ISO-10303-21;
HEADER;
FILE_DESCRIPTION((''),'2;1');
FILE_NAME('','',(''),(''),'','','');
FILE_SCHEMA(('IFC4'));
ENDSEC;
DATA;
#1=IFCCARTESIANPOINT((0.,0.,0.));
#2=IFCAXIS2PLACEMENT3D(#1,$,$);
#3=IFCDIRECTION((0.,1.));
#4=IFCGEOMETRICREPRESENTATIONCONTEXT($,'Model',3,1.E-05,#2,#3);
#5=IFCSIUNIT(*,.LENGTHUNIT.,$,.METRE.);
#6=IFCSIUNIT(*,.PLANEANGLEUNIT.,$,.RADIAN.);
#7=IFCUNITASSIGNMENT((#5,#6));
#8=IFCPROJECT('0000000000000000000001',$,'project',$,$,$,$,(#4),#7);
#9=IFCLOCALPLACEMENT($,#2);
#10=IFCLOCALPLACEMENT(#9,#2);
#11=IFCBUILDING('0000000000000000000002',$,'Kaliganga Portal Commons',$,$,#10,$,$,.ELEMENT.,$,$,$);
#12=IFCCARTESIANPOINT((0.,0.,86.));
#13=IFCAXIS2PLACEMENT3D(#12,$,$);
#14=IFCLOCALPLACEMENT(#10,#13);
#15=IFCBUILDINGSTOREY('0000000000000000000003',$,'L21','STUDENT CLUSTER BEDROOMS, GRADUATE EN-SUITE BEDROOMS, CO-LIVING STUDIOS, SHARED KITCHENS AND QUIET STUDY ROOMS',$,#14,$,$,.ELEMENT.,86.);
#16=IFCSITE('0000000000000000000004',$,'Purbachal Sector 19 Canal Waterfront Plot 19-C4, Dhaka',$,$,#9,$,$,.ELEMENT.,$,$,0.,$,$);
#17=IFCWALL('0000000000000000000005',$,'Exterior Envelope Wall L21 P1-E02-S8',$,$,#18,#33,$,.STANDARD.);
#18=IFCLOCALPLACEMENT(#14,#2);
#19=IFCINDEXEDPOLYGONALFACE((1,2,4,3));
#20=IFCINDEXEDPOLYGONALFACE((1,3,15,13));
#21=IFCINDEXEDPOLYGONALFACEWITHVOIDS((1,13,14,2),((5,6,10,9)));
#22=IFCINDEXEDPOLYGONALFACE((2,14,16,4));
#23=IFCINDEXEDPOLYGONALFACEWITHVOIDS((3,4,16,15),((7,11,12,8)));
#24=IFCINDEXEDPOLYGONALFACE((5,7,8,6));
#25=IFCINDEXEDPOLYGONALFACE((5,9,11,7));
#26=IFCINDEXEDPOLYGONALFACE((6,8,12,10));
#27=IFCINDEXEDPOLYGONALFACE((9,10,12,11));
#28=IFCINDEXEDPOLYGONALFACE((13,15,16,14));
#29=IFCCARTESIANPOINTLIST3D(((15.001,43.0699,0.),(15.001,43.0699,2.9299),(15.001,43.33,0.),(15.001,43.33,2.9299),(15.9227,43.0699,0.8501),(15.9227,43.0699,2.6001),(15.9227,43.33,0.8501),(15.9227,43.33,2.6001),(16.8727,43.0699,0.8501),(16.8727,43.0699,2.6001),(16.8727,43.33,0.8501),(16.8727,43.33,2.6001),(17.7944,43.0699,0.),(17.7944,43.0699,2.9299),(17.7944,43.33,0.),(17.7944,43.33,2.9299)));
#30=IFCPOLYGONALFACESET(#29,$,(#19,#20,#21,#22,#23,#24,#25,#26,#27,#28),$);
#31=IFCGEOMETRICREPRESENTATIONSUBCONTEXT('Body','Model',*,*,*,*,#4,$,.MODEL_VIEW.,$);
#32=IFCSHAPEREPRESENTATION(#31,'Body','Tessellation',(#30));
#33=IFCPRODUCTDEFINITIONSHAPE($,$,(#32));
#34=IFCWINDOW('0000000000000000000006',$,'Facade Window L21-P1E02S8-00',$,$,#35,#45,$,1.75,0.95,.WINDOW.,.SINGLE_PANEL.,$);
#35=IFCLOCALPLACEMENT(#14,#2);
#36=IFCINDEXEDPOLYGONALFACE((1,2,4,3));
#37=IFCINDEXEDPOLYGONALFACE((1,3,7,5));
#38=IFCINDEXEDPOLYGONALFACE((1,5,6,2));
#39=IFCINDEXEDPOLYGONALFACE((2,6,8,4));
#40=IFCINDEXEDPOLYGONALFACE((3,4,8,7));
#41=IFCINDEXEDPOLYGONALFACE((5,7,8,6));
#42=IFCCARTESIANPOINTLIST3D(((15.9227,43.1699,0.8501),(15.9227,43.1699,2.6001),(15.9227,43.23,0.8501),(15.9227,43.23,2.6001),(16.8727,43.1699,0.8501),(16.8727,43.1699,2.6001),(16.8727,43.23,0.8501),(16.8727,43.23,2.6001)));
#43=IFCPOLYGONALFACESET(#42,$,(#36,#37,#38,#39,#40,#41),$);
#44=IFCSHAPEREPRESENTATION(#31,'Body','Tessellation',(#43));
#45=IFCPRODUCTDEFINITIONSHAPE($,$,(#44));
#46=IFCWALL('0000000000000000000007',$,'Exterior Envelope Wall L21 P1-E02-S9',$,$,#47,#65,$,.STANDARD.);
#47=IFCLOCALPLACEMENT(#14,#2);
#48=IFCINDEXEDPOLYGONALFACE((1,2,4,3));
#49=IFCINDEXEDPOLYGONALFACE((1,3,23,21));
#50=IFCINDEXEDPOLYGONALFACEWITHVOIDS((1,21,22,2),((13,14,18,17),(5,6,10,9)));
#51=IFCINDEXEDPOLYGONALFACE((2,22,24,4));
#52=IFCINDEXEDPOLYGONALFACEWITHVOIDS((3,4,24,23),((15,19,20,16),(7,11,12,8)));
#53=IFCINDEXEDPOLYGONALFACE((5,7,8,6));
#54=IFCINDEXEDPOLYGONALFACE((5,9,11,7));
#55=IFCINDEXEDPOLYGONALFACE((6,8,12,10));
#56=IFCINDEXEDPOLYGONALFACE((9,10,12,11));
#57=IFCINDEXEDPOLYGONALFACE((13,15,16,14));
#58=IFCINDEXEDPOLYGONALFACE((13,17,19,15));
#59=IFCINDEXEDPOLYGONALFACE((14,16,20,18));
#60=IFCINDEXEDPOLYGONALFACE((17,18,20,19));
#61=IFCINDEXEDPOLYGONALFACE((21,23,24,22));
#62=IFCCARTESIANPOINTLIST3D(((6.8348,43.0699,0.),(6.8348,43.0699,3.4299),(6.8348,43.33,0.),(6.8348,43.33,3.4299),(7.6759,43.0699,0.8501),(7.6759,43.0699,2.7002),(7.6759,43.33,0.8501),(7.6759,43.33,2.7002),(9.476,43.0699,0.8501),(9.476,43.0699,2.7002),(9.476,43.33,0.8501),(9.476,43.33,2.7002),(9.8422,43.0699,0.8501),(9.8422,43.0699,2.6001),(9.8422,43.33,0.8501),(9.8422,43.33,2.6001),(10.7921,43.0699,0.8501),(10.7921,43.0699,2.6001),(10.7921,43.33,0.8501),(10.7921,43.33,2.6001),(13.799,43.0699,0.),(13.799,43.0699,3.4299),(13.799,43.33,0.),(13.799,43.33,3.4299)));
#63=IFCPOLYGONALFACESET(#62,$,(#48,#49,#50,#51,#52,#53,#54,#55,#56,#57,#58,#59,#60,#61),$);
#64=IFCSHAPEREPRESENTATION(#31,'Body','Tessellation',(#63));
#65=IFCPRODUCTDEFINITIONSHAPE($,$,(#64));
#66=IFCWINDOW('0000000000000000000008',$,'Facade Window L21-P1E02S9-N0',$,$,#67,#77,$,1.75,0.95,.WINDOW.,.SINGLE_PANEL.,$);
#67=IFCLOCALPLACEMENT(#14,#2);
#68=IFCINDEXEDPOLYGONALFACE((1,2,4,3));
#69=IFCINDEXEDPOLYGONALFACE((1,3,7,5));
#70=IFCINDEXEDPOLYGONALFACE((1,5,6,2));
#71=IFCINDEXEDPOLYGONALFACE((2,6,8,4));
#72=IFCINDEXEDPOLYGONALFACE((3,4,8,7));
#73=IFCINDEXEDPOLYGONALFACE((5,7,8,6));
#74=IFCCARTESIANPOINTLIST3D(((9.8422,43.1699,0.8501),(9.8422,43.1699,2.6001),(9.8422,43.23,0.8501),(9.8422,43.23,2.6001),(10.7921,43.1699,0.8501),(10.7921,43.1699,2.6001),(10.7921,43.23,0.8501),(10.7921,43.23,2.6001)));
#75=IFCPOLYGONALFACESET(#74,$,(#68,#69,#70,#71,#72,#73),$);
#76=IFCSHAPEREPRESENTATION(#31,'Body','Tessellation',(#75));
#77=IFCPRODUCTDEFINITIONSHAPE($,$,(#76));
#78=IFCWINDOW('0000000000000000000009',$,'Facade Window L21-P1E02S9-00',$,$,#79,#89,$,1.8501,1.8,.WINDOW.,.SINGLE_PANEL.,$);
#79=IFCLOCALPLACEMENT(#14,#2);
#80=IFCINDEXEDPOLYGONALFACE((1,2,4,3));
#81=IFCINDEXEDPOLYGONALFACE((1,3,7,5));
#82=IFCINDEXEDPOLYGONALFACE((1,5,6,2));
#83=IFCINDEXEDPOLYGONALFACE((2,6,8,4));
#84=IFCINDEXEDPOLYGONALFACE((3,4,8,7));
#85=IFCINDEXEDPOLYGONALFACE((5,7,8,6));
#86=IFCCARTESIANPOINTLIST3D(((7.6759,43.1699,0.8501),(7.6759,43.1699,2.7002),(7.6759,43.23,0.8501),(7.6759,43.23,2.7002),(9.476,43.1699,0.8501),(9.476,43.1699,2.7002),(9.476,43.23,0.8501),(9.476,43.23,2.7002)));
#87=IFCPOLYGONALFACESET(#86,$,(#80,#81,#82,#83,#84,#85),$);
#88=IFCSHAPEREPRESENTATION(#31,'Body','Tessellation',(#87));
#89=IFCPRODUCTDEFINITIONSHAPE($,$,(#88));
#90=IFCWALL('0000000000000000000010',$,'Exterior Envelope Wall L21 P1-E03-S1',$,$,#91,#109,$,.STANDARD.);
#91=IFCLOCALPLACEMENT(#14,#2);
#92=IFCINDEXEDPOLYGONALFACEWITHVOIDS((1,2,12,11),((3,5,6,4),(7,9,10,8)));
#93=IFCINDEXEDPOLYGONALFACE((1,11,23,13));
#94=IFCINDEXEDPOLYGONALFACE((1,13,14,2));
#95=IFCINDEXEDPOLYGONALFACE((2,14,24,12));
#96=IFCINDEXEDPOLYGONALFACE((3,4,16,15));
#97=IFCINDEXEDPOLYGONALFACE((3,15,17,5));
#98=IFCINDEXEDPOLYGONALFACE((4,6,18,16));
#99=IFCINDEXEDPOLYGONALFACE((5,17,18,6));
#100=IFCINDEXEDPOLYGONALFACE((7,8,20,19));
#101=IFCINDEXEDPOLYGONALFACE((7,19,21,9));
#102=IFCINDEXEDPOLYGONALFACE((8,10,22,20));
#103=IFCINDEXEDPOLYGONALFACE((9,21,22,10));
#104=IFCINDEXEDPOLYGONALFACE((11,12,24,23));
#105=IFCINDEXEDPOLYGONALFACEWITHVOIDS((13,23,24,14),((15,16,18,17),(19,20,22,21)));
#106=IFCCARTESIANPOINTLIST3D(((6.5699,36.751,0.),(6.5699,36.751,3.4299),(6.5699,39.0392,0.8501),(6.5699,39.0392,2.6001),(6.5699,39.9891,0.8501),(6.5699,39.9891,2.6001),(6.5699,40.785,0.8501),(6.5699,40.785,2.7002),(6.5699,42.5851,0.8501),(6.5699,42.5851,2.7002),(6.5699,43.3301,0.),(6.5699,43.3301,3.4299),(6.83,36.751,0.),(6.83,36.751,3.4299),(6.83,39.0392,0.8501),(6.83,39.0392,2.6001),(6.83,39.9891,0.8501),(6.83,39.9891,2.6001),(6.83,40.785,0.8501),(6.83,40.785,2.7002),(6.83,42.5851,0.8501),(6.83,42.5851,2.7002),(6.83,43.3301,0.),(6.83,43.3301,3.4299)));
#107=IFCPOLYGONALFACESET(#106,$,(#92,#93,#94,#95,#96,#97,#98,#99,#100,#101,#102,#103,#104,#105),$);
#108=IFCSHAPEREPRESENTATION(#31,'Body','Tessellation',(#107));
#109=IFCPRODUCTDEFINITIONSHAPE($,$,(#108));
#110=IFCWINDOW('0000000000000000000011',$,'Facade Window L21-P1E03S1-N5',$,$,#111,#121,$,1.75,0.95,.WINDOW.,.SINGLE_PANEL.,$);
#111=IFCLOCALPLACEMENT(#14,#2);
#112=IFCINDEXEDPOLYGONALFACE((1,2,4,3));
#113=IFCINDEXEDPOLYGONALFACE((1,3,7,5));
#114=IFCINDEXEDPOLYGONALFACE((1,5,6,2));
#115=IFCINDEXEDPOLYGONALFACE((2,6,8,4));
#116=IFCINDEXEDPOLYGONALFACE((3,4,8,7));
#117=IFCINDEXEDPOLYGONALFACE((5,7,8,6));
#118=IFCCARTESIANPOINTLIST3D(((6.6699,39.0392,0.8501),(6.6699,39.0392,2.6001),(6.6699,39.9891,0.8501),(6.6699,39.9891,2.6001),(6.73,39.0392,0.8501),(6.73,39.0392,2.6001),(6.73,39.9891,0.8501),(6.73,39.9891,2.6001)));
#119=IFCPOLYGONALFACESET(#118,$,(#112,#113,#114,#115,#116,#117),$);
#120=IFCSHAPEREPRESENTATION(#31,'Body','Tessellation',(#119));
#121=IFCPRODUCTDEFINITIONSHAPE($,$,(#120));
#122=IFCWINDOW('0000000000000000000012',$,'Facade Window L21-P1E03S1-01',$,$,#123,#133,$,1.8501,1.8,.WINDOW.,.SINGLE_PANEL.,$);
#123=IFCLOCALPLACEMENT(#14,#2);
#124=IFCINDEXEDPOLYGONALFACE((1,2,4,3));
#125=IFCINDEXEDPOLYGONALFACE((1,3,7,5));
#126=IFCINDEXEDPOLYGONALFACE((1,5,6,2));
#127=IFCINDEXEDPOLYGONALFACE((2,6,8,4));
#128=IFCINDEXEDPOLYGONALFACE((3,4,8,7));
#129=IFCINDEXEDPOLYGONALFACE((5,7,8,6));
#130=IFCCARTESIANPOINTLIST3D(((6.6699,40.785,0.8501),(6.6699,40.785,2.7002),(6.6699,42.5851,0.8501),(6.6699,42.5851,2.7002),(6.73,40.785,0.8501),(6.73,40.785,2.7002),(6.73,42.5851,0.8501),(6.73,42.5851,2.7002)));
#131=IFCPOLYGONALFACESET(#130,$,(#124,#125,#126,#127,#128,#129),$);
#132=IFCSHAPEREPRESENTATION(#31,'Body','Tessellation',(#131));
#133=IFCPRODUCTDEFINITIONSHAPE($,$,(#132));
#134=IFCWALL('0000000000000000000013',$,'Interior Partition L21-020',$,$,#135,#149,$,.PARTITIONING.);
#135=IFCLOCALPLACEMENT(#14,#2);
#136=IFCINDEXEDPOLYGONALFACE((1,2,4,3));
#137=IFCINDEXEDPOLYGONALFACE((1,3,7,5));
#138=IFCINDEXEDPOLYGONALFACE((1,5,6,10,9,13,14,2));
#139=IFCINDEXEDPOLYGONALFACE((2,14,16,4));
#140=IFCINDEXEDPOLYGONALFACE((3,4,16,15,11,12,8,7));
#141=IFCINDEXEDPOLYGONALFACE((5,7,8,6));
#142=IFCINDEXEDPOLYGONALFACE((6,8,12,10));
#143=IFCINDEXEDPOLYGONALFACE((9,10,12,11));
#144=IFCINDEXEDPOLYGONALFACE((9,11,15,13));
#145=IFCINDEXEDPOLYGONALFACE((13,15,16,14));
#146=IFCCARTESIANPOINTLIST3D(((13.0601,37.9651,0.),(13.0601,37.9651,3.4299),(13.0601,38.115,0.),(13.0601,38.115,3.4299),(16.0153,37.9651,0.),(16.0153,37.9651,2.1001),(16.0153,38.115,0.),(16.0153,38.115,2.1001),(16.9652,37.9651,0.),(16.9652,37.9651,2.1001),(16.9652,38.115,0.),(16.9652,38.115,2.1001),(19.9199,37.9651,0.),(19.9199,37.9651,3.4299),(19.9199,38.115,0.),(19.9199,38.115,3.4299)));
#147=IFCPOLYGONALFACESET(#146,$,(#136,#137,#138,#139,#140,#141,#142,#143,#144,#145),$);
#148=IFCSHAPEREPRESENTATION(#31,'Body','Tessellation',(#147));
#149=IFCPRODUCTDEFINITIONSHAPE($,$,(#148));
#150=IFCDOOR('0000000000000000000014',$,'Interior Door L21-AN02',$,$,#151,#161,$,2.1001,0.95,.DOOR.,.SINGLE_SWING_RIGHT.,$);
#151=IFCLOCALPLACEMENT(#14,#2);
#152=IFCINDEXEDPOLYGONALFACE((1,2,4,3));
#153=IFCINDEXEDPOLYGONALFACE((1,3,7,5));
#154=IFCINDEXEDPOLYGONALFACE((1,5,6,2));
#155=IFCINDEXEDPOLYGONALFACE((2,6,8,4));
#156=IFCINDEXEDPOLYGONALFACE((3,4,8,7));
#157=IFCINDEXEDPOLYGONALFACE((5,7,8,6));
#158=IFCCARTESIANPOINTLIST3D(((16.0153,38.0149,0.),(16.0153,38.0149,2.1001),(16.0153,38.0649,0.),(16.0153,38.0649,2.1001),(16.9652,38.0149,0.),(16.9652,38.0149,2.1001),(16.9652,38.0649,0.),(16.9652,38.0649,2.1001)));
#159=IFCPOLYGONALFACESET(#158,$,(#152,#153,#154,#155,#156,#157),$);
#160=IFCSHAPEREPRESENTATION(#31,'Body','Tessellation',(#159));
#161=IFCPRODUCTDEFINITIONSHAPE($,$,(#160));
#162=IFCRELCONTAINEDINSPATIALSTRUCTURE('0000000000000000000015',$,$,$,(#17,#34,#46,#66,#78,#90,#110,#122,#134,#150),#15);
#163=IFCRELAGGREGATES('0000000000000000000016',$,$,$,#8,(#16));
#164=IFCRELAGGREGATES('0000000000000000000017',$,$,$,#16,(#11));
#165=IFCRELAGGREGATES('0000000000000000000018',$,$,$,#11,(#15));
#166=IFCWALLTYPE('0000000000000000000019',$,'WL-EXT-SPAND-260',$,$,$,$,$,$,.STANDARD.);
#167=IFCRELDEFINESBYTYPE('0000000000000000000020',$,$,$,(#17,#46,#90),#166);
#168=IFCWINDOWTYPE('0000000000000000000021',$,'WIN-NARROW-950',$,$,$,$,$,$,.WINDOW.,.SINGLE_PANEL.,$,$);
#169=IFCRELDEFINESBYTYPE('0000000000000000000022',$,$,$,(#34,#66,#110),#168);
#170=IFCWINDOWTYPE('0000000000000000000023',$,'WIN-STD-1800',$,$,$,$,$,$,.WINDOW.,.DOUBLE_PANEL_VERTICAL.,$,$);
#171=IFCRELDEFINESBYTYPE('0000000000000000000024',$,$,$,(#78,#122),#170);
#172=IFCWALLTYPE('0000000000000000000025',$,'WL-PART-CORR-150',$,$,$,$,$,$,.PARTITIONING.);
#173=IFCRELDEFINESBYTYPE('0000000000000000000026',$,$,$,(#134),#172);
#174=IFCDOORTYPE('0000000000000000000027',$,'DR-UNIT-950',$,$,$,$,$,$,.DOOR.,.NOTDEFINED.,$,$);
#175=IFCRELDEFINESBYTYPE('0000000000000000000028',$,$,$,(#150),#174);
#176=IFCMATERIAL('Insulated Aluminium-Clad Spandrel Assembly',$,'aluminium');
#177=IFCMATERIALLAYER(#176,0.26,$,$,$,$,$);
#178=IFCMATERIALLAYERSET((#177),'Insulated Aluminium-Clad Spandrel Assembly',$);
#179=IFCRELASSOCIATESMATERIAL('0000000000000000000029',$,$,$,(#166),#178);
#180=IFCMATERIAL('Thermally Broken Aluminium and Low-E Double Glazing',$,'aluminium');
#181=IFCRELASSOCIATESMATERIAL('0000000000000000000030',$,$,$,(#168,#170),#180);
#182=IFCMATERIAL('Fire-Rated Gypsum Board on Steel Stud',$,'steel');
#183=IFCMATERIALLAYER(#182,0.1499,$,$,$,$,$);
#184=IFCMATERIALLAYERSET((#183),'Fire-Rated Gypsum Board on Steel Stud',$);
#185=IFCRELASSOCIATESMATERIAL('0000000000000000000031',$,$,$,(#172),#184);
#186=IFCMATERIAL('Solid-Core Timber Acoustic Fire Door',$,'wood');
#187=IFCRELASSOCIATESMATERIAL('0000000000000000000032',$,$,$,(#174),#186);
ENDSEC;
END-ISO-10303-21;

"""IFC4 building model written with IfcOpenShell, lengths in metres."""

from ifc_helpers import new_model, si_unit, direction, frame, frame_2d, origin, place, context, subcontext, project, spatial, rectangle, extrude, material, layer, layer_set, type_object, element, fill, save


model = new_model("IFC4")

# Units and contexts
model_context = context("Model", 3, precision=1e-05, world=origin(), true_north=direction((0.0, 1.0)))
body_context = subcontext(model_context, "Body", "Model", "MODEL_VIEW")
ifc_project = project(units=[si_unit("LENGTHUNIT", "METRE"), si_unit("PLANEANGLEUNIT", "RADIAN")], contexts=[model_context])

# Site, building, storey
site_placement = place(None, origin())
site = spatial("IfcSite", under=ifc_project, at=site_placement, Name="Purbachal Sector 19 Canal Waterfront Plot 19-C4, Dhaka", CompositionType="ELEMENT", RefElevation=0.0)
building_placement = place(site_placement, origin())
building = spatial("IfcBuilding", under=site, at=building_placement, Name="Kaliganga Portal Commons", CompositionType="ELEMENT")
storey_placement = place(building_placement, frame((0.0, 0.0, 86.0)))
storey = spatial("IfcBuildingStorey", under=building, at=storey_placement, Name="L21", Description="STUDENT CLUSTER BEDROOMS, GRADUATE EN-SUITE BEDROOMS, CO-LIVING STUDIOS, SHARED KITCHENS AND QUIET STUDY ROOMS", CompositionType="ELEMENT", Elevation=86.0)

# Wall, opening, window
ifc_material_1 = material(Name="Insulated Aluminium-Clad Spandrel Assembly", Category="aluminium")
ifc_layer_1 = layer(ifc_material_1, 0.26)
ifc_layer_set_1 = layer_set([ifc_layer_1], Name="Insulated Aluminium-Clad Spandrel Assembly")
wall_type_1 = type_object("IfcWallType", Name="WL-EXT-SPAND-260", PredefinedType="STANDARD", material=ifc_layer_set_1)
ifc_material_2 = material(Name="Thermally Broken Aluminium and Low-E Double Glazing", Category="aluminium")
window_type_1 = type_object("IfcWindowType", Name="WIN-NARROW-950", PartitioningType="SINGLE_PANEL", PredefinedType="WINDOW", material=ifc_material_2)
wall_1_placement = place(storey_placement, frame((15.001, 43.2, 0.0), z_axis=(0.0, 0.0, 1.0), x_axis=(1.0, 0.0, 0.0)))
wall_1 = element("IfcWall", 1, at=wall_1_placement, inside=storey, type_object=wall_type_1, Name="Exterior Envelope Wall L21 P1-E02-S8", PredefinedType="STANDARD", context=body_context, shape_type="SweptSolid", body=[
    extrude(rectangle(XDim=2.7935, YDim=0.26, at=frame_2d((1.3967, 0.0))), origin(), (0.0, 0.0, 1.0), 2.9299),
])
opening_1_placement = place(wall_1_placement, frame((0.9216, 0.0, 0.8501)))
opening_1 = element("IfcOpeningElement", 2, at=opening_1_placement, cuts=wall_1, PredefinedType="OPENING", context=body_context, shape_type="SweptSolid", body=[
    extrude(rectangle(XDim=0.95, YDim=1.75, at=frame_2d((0.4751, 0.875))), frame((0.0, 0.1401, 0.0), z_axis=(0.0, -1.0, 0.0), x_axis=(1.0, 0.0, 0.0)), (0.0, 0.0, 1.0), 0.28),
])
window_1_placement = place(opening_1_placement, origin())
window_1 = element("IfcWindow", 3, at=window_1_placement, inside=storey, type_object=window_type_1, Name="Facade Window L21-P1E02S8-00", OverallHeight=1.75, OverallWidth=0.95, PartitioningType="SINGLE_PANEL", PredefinedType="WINDOW", context=body_context, shape_type="SweptSolid", body=[
    extrude(rectangle(XDim=0.95, YDim=1.75, at=frame_2d((0.4751, 0.875))), frame((0.0, 0.03, 0.0), z_axis=(0.0, -1.0, 0.0), x_axis=(1.0, 0.0, 0.0)), (0.0, 0.0, 1.0), 0.0601),
])
fill(opening_1, window_1)

# Walls, openings, windows
wall_2_placement = place(storey_placement, frame((6.835, 43.2, 0.0), z_axis=(0.0, 0.0, 1.0), x_axis=(1.0, 0.0, 0.0)))
wall_2 = element("IfcWall", 4, at=wall_2_placement, inside=storey, type_object=wall_type_1, Name="Exterior Envelope Wall L21 P1-E02-S9", PredefinedType="STANDARD", context=body_context, shape_type="SweptSolid", body=[
    extrude(rectangle(XDim=6.9641, YDim=0.26, at=frame_2d((3.4819, 0.0))), origin(), (0.0, 0.0, 1.0), 3.4299),
])
opening_2_placement = place(wall_2_placement, frame((0.8411, 0.0, 0.8501)))
opening_2 = element("IfcOpeningElement", 5, at=opening_2_placement, cuts=wall_2, PredefinedType="OPENING", context=body_context, shape_type="SweptSolid", body=[
    extrude(rectangle(XDim=1.8, YDim=1.8501, at=frame_2d((0.8999, 0.925))), frame((0.0, 0.1401, 0.0), z_axis=(0.0, -1.0, 0.0), x_axis=(1.0, 0.0, 0.0)), (0.0, 0.0, 1.0), 0.28),
])
opening_3_placement = place(wall_2_placement, frame((3.0071, 0.0, 0.8501)))
opening_3 = element("IfcOpeningElement", 6, at=opening_3_placement, cuts=wall_2, PredefinedType="OPENING", context=body_context, shape_type="SweptSolid", body=[
    extrude(rectangle(XDim=0.95, YDim=1.75, at=frame_2d((0.4751, 0.875))), frame((0.0, 0.1401, 0.0), z_axis=(0.0, -1.0, 0.0), x_axis=(1.0, 0.0, 0.0)), (0.0, 0.0, 1.0), 0.28),
])
window_2_placement = place(opening_3_placement, origin())
window_2 = element("IfcWindow", 7, at=window_2_placement, inside=storey, type_object=window_type_1, Name="Facade Window L21-P1E02S9-N0", OverallHeight=1.75, OverallWidth=0.95, PartitioningType="SINGLE_PANEL", PredefinedType="WINDOW", context=body_context, shape_type="SweptSolid", body=[
    extrude(rectangle(XDim=0.95, YDim=1.75, at=frame_2d((0.4751, 0.875))), frame((0.0, 0.03, 0.0), z_axis=(0.0, -1.0, 0.0), x_axis=(1.0, 0.0, 0.0)), (0.0, 0.0, 1.0), 0.0601),
])
fill(opening_3, window_2)
window_type_2 = type_object("IfcWindowType", Name="WIN-STD-1800", PartitioningType="DOUBLE_PANEL_VERTICAL", PredefinedType="WINDOW", material=ifc_material_2)
window_3_placement = place(opening_2_placement, origin())
window_3 = element("IfcWindow", 8, at=window_3_placement, inside=storey, type_object=window_type_2, Name="Facade Window L21-P1E02S9-00", OverallHeight=1.8501, OverallWidth=1.8, PartitioningType="SINGLE_PANEL", PredefinedType="WINDOW", context=body_context, shape_type="SweptSolid", body=[
    extrude(rectangle(XDim=1.8, YDim=1.8501, at=frame_2d((0.8999, 0.925))), frame((0.0, 0.03, 0.0), z_axis=(0.0, -1.0, 0.0), x_axis=(1.0, 0.0, 0.0)), (0.0, 0.0, 1.0), 0.0601),
])
fill(opening_2, window_3)
wall_3_placement = place(storey_placement, frame((6.7, 36.751, 0.0), z_axis=(0.0, 0.0, 1.0), x_axis=(0.0, 1.0, 0.0)))
wall_3 = element("IfcWall", 9, at=wall_3_placement, inside=storey, type_object=wall_type_1, Name="Exterior Envelope Wall L21 P1-E03-S1", PredefinedType="STANDARD", context=body_context, shape_type="SweptSolid", body=[
    extrude(rectangle(XDim=6.5791, YDim=0.26, at=frame_2d((3.2896, 0.0))), origin(), (0.0, 0.0, 1.0), 3.4299),
])
opening_4_placement = place(wall_3_placement, frame((4.0342, 0.0, 0.8501)))
opening_4 = element("IfcOpeningElement", 10, at=opening_4_placement, cuts=wall_3, PredefinedType="OPENING", context=body_context, shape_type="SweptSolid", body=[
    extrude(rectangle(XDim=1.8, YDim=1.8501, at=frame_2d((0.8999, 0.925))), frame((0.0, 0.1401, 0.0), z_axis=(0.0, -1.0, 0.0), x_axis=(1.0, 0.0, 0.0)), (0.0, 0.0, 1.0), 0.28),
])
opening_5_placement = place(wall_3_placement, frame((2.2881, 0.0, 0.8501)))
opening_5 = element("IfcOpeningElement", 11, at=opening_5_placement, cuts=wall_3, PredefinedType="OPENING", context=body_context, shape_type="SweptSolid", body=[
    extrude(rectangle(XDim=0.95, YDim=1.75, at=frame_2d((0.4751, 0.875))), frame((0.0, 0.1401, 0.0), z_axis=(0.0, -1.0, 0.0), x_axis=(1.0, 0.0, 0.0)), (0.0, 0.0, 1.0), 0.28),
])
window_4_placement = place(opening_5_placement, origin())
window_4 = element("IfcWindow", 12, at=window_4_placement, inside=storey, type_object=window_type_1, Name="Facade Window L21-P1E03S1-N5", OverallHeight=1.75, OverallWidth=0.95, PartitioningType="SINGLE_PANEL", PredefinedType="WINDOW", context=body_context, shape_type="SweptSolid", body=[
    extrude(rectangle(XDim=0.95, YDim=1.75, at=frame_2d((0.4751, 0.875))), frame((0.0, 0.03, 0.0), z_axis=(0.0, -1.0, 0.0), x_axis=(1.0, 0.0, 0.0)), (0.0, 0.0, 1.0), 0.0601),
])
fill(opening_5, window_4)
window_5_placement = place(opening_4_placement, origin())
window_5 = element("IfcWindow", 13, at=window_5_placement, inside=storey, type_object=window_type_2, Name="Facade Window L21-P1E03S1-01", OverallHeight=1.8501, OverallWidth=1.8, PartitioningType="SINGLE_PANEL", PredefinedType="WINDOW", context=body_context, shape_type="SweptSolid", body=[
    extrude(rectangle(XDim=1.8, YDim=1.8501, at=frame_2d((0.8999, 0.925))), frame((0.0, 0.03, 0.0), z_axis=(0.0, -1.0, 0.0), x_axis=(1.0, 0.0, 0.0)), (0.0, 0.0, 1.0), 0.0601),
])
fill(opening_4, window_5)

# Wall, opening, door
ifc_material_3 = material(Name="Fire-Rated Gypsum Board on Steel Stud", Category="steel")
ifc_layer_2 = layer(ifc_material_3, 0.1499)
ifc_layer_set_2 = layer_set([ifc_layer_2], Name="Fire-Rated Gypsum Board on Steel Stud")
wall_type_2 = type_object("IfcWallType", Name="WL-PART-CORR-150", PredefinedType="PARTITIONING", material=ifc_layer_set_2)
wall_4_placement = place(storey_placement, frame((13.0601, 38.04, 0.0), z_axis=(0.0, 0.0, 1.0), x_axis=(1.0, 0.0, 0.0)))
wall_4 = element("IfcWall", 14, at=wall_4_placement, inside=storey, type_object=wall_type_2, Name="Interior Partition L21-020", PredefinedType="PARTITIONING", context=body_context, shape_type="SweptSolid", body=[
    extrude(rectangle(XDim=6.8599, YDim=0.1499, at=frame_2d((3.4299, 0.0))), origin(), (0.0, 0.0, 1.0), 3.4299),
])
opening_6_placement = place(wall_4_placement, frame((2.9551, 0.0, 0.0)))
opening_6 = element("IfcOpeningElement", 15, at=opening_6_placement, cuts=wall_4, PredefinedType="OPENING", context=body_context, shape_type="SweptSolid", body=[
    extrude(rectangle(XDim=0.95, YDim=2.1001, at=frame_2d((0.4751, 1.05))), frame((0.0, 0.085, 0.0), z_axis=(0.0, -1.0, 0.0), x_axis=(1.0, 0.0, 0.0)), (0.0, 0.0, 1.0), 0.1699),
])
ifc_material_4 = material(Name="Solid-Core Timber Acoustic Fire Door", Category="wood")
door_type_1 = type_object("IfcDoorType", Name="DR-UNIT-950", OperationType="NOTDEFINED", PredefinedType="DOOR", material=ifc_material_4)
door_1_placement = place(opening_6_placement, origin())
door_1 = element("IfcDoor", 16, at=door_1_placement, inside=storey, type_object=door_type_1, Name="Interior Door L21-AN02", OperationType="SINGLE_SWING_RIGHT", OverallHeight=2.1001, OverallWidth=0.95, PredefinedType="DOOR", context=body_context, shape_type="SweptSolid", body=[
    extrude(rectangle(XDim=0.95, YDim=2.1001, at=frame_2d((0.4751, 1.05))), frame((0.0, 0.0249, 0.0), z_axis=(0.0, -1.0, 0.0), x_axis=(1.0, 0.0, 0.0)), (0.0, 0.0, 1.0), 0.05),
])
fill(opening_6, door_1)

save(model, "model.ifc")
